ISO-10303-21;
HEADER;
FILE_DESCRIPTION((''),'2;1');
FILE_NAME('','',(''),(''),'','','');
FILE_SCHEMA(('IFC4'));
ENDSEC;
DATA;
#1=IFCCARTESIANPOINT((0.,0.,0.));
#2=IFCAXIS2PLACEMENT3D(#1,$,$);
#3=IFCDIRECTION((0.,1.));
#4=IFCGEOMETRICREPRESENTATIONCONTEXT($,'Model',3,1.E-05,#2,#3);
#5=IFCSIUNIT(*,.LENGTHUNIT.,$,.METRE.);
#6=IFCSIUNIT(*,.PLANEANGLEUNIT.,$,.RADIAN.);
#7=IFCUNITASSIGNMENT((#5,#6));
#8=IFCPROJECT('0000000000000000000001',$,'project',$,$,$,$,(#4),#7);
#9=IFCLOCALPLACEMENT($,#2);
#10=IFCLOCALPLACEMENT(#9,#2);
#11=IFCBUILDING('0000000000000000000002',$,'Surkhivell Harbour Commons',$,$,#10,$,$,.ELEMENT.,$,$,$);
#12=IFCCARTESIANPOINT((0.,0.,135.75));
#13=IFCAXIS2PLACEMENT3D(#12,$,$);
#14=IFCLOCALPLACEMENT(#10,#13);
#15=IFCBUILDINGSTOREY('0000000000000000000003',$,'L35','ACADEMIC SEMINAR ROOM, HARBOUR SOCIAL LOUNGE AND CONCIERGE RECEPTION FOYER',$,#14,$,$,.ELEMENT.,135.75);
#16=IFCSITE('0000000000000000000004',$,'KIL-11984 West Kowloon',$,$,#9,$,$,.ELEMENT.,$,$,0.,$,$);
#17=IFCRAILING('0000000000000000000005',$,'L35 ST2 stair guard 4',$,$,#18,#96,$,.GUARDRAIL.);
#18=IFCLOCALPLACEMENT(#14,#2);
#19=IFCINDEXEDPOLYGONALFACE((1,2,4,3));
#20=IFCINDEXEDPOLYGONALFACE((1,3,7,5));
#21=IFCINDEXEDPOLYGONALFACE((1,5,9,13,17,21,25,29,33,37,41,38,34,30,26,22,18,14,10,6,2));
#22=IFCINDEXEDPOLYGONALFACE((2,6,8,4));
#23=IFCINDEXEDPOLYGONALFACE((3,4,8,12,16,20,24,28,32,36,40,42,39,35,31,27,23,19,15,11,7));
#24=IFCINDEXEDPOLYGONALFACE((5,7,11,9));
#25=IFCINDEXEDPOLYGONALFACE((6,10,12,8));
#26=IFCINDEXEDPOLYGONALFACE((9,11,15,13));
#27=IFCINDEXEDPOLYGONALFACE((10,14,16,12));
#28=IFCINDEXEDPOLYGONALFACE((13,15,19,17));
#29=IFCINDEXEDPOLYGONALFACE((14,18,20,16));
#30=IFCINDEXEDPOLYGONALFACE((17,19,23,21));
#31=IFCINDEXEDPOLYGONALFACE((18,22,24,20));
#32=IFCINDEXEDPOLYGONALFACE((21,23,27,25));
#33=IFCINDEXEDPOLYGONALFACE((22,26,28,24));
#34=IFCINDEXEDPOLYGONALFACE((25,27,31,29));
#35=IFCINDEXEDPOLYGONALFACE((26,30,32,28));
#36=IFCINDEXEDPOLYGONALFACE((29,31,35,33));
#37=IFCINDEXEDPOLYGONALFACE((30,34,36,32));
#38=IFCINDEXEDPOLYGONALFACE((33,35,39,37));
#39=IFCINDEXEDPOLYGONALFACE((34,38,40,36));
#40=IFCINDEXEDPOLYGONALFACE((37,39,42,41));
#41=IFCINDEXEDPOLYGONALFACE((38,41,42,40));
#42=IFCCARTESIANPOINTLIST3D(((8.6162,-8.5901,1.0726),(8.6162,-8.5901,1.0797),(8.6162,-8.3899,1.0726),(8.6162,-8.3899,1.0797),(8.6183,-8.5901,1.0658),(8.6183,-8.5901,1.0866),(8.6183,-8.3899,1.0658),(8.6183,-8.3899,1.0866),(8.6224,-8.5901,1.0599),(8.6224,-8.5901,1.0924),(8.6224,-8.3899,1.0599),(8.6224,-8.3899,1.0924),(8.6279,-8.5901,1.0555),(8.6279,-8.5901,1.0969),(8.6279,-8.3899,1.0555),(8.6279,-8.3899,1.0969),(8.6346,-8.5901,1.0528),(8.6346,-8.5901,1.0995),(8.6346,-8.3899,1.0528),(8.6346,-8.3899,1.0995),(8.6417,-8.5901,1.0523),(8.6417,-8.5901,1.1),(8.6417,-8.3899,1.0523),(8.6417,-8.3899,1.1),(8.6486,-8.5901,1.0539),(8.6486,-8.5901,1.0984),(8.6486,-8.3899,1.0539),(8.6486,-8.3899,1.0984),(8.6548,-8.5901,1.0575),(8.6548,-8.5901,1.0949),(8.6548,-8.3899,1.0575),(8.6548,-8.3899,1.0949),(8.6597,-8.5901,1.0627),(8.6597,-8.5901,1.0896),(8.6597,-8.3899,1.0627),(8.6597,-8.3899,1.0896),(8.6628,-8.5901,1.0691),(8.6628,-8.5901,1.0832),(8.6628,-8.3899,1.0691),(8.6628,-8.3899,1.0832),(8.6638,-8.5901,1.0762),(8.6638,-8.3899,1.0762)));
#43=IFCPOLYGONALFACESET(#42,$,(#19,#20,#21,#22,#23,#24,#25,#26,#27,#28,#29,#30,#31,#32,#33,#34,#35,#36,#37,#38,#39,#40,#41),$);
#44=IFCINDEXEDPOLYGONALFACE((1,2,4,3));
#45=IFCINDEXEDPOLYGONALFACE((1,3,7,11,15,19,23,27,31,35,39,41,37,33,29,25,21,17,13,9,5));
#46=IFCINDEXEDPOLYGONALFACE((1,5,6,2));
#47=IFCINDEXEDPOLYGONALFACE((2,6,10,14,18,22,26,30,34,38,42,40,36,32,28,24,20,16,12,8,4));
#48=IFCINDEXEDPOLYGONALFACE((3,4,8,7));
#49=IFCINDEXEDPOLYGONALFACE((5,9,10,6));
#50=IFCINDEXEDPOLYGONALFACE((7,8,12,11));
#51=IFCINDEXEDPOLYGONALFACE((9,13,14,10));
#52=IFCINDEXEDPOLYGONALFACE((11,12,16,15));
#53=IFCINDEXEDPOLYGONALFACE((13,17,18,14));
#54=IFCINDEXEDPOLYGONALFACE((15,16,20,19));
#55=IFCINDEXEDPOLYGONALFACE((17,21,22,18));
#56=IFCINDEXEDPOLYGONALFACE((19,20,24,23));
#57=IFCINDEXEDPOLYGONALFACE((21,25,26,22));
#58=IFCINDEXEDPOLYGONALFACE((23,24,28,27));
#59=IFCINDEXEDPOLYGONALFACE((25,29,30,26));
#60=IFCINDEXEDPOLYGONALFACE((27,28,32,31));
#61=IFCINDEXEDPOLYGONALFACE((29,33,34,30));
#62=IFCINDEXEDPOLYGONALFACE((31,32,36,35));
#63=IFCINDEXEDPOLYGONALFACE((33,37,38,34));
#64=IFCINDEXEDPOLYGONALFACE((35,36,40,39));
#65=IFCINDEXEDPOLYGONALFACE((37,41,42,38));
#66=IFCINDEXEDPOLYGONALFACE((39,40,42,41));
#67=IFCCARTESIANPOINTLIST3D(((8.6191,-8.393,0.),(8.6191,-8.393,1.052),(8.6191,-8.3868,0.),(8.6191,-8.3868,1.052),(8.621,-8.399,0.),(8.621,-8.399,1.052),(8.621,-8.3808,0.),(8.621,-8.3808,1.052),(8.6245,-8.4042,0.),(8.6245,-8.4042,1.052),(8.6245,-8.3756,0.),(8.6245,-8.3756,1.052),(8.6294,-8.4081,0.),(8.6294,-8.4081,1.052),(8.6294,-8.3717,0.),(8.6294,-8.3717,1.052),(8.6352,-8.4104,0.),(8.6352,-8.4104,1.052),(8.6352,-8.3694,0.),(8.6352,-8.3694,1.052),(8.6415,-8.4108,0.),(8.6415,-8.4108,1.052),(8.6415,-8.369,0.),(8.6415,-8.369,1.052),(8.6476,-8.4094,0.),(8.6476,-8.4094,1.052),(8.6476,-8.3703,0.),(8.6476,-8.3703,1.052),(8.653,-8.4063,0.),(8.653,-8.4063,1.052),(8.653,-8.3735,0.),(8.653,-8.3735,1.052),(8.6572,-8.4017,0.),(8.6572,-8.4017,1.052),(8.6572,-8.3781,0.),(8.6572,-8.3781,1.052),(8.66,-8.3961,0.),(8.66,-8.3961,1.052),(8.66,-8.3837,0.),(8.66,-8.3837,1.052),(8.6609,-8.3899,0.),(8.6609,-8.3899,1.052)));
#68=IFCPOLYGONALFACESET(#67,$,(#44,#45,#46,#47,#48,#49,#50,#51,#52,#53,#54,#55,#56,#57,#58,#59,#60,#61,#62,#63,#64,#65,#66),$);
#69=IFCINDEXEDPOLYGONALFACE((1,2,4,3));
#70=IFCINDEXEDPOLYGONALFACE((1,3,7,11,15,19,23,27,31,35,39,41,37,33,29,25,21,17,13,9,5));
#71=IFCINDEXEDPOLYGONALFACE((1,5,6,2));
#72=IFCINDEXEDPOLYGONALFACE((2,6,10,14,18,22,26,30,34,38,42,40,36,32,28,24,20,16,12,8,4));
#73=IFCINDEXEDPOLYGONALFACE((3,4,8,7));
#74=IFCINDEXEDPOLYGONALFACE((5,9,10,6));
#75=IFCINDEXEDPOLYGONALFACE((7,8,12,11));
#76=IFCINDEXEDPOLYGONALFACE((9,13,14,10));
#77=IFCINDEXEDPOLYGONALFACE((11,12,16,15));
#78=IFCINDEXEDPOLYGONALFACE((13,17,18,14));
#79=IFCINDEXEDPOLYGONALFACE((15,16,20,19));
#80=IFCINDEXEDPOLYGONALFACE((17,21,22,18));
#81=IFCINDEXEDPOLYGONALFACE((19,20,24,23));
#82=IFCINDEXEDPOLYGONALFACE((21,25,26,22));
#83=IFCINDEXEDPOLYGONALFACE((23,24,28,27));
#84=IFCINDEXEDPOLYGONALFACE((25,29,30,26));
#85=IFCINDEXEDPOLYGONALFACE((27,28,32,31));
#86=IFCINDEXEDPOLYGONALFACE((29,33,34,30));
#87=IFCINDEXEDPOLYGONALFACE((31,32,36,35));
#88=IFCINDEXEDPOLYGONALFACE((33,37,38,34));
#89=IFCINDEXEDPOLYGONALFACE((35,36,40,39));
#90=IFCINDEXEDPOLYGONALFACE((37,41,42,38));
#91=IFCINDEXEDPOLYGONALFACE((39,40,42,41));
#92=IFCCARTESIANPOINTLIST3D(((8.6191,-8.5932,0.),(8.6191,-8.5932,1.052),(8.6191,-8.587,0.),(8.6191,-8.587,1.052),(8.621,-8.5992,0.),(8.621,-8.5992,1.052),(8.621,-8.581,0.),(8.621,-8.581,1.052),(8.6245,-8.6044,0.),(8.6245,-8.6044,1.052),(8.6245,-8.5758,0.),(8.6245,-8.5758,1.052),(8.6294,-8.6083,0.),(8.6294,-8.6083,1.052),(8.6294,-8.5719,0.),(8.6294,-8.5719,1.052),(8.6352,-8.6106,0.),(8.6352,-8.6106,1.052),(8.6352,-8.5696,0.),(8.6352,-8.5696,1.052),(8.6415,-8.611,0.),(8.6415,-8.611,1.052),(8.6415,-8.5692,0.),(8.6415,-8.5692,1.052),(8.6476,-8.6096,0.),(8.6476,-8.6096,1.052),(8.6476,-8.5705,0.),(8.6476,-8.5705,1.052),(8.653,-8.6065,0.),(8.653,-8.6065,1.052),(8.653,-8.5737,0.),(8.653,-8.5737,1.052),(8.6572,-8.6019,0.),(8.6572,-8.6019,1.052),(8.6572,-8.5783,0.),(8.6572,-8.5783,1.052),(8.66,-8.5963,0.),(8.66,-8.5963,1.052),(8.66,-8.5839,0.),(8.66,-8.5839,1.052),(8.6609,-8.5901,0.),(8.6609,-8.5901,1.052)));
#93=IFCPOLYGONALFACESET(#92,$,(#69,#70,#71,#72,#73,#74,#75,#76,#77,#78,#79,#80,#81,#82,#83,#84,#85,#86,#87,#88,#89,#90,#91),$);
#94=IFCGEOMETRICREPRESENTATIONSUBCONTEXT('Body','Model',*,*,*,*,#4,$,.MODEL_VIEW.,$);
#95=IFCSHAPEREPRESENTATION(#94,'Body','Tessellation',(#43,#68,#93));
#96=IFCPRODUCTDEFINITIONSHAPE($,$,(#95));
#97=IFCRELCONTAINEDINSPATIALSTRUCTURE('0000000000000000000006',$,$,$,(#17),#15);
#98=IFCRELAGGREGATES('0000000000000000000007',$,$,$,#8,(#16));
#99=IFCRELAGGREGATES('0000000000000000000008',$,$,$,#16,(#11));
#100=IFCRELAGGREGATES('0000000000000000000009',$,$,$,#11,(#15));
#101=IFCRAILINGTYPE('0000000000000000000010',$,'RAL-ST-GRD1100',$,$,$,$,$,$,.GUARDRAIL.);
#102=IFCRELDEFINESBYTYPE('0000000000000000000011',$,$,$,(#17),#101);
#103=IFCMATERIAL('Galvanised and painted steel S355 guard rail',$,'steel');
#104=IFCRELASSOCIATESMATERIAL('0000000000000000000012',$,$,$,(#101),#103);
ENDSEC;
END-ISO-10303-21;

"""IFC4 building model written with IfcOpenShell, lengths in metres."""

from ifc_helpers import new_model, si_unit, direction, frame, origin, origin_2d, place, context, subcontext, project, spatial, circle, extrude, material, type_object, element, save


model = new_model("IFC4")

# Units and contexts
model_context = context("Model", 3, precision=1e-05, world=origin(), true_north=direction((0.0, 1.0)))
body_context = subcontext(model_context, "Body", "Model", "MODEL_VIEW")
ifc_project = project(units=[si_unit("LENGTHUNIT", "METRE"), si_unit("PLANEANGLEUNIT", "RADIAN")], contexts=[model_context])

# Site, building, storey
site_placement = place(None, origin())
site = spatial("IfcSite", under=ifc_project, at=site_placement, Name="KIL-11984 West Kowloon", CompositionType="ELEMENT", RefElevation=0.0)
building_placement = place(site_placement, origin())
building = spatial("IfcBuilding", under=site, at=building_placement, Name="Surkhivell Harbour Commons", CompositionType="ELEMENT")
storey_placement = place(building_placement, frame((0.0, 0.0, 135.75)))
storey = spatial("IfcBuildingStorey", under=building, at=storey_placement, Name="L35", Description="ACADEMIC SEMINAR ROOM, HARBOUR SOCIAL LOUNGE AND CONCIERGE RECEPTION FOYER", CompositionType="ELEMENT", Elevation=135.75)

# Railing
ifc_material_1 = material(Name="Galvanised and painted steel S355 guard rail", Category="steel")
railing_type = type_object("IfcRailingType", Name="RAL-ST-GRD1100", PredefinedType="GUARDRAIL", material=ifc_material_1)
railing_1_placement = place(storey_placement, frame((8.6399, -8.3899, 0.0)))
element("IfcRailing", 1, at=railing_1_placement, inside=storey, type_object=railing_type, Name="L35 ST2 stair guard 4", PredefinedType="GUARDRAIL", context=body_context, shape_type="SweptSolid", body=[
    extrude(circle(Radius=0.0239, at=origin_2d()), frame((0.0, 0.0, 1.0762), z_axis=(0.0, -1.0, 0.0), x_axis=(1.0, 0.0, 0.0)), (0.0, 0.0, 1.0), 0.2002),
    extrude(circle(Radius=0.021, at=origin_2d()), origin(), (0.0, 0.0, 1.0), 1.052),
    extrude(circle(Radius=0.021, at=origin_2d()), frame((0.0, -0.2002, 0.0)), (0.0, 0.0, 1.0), 1.052),
])

save(model, "model.ifc")
